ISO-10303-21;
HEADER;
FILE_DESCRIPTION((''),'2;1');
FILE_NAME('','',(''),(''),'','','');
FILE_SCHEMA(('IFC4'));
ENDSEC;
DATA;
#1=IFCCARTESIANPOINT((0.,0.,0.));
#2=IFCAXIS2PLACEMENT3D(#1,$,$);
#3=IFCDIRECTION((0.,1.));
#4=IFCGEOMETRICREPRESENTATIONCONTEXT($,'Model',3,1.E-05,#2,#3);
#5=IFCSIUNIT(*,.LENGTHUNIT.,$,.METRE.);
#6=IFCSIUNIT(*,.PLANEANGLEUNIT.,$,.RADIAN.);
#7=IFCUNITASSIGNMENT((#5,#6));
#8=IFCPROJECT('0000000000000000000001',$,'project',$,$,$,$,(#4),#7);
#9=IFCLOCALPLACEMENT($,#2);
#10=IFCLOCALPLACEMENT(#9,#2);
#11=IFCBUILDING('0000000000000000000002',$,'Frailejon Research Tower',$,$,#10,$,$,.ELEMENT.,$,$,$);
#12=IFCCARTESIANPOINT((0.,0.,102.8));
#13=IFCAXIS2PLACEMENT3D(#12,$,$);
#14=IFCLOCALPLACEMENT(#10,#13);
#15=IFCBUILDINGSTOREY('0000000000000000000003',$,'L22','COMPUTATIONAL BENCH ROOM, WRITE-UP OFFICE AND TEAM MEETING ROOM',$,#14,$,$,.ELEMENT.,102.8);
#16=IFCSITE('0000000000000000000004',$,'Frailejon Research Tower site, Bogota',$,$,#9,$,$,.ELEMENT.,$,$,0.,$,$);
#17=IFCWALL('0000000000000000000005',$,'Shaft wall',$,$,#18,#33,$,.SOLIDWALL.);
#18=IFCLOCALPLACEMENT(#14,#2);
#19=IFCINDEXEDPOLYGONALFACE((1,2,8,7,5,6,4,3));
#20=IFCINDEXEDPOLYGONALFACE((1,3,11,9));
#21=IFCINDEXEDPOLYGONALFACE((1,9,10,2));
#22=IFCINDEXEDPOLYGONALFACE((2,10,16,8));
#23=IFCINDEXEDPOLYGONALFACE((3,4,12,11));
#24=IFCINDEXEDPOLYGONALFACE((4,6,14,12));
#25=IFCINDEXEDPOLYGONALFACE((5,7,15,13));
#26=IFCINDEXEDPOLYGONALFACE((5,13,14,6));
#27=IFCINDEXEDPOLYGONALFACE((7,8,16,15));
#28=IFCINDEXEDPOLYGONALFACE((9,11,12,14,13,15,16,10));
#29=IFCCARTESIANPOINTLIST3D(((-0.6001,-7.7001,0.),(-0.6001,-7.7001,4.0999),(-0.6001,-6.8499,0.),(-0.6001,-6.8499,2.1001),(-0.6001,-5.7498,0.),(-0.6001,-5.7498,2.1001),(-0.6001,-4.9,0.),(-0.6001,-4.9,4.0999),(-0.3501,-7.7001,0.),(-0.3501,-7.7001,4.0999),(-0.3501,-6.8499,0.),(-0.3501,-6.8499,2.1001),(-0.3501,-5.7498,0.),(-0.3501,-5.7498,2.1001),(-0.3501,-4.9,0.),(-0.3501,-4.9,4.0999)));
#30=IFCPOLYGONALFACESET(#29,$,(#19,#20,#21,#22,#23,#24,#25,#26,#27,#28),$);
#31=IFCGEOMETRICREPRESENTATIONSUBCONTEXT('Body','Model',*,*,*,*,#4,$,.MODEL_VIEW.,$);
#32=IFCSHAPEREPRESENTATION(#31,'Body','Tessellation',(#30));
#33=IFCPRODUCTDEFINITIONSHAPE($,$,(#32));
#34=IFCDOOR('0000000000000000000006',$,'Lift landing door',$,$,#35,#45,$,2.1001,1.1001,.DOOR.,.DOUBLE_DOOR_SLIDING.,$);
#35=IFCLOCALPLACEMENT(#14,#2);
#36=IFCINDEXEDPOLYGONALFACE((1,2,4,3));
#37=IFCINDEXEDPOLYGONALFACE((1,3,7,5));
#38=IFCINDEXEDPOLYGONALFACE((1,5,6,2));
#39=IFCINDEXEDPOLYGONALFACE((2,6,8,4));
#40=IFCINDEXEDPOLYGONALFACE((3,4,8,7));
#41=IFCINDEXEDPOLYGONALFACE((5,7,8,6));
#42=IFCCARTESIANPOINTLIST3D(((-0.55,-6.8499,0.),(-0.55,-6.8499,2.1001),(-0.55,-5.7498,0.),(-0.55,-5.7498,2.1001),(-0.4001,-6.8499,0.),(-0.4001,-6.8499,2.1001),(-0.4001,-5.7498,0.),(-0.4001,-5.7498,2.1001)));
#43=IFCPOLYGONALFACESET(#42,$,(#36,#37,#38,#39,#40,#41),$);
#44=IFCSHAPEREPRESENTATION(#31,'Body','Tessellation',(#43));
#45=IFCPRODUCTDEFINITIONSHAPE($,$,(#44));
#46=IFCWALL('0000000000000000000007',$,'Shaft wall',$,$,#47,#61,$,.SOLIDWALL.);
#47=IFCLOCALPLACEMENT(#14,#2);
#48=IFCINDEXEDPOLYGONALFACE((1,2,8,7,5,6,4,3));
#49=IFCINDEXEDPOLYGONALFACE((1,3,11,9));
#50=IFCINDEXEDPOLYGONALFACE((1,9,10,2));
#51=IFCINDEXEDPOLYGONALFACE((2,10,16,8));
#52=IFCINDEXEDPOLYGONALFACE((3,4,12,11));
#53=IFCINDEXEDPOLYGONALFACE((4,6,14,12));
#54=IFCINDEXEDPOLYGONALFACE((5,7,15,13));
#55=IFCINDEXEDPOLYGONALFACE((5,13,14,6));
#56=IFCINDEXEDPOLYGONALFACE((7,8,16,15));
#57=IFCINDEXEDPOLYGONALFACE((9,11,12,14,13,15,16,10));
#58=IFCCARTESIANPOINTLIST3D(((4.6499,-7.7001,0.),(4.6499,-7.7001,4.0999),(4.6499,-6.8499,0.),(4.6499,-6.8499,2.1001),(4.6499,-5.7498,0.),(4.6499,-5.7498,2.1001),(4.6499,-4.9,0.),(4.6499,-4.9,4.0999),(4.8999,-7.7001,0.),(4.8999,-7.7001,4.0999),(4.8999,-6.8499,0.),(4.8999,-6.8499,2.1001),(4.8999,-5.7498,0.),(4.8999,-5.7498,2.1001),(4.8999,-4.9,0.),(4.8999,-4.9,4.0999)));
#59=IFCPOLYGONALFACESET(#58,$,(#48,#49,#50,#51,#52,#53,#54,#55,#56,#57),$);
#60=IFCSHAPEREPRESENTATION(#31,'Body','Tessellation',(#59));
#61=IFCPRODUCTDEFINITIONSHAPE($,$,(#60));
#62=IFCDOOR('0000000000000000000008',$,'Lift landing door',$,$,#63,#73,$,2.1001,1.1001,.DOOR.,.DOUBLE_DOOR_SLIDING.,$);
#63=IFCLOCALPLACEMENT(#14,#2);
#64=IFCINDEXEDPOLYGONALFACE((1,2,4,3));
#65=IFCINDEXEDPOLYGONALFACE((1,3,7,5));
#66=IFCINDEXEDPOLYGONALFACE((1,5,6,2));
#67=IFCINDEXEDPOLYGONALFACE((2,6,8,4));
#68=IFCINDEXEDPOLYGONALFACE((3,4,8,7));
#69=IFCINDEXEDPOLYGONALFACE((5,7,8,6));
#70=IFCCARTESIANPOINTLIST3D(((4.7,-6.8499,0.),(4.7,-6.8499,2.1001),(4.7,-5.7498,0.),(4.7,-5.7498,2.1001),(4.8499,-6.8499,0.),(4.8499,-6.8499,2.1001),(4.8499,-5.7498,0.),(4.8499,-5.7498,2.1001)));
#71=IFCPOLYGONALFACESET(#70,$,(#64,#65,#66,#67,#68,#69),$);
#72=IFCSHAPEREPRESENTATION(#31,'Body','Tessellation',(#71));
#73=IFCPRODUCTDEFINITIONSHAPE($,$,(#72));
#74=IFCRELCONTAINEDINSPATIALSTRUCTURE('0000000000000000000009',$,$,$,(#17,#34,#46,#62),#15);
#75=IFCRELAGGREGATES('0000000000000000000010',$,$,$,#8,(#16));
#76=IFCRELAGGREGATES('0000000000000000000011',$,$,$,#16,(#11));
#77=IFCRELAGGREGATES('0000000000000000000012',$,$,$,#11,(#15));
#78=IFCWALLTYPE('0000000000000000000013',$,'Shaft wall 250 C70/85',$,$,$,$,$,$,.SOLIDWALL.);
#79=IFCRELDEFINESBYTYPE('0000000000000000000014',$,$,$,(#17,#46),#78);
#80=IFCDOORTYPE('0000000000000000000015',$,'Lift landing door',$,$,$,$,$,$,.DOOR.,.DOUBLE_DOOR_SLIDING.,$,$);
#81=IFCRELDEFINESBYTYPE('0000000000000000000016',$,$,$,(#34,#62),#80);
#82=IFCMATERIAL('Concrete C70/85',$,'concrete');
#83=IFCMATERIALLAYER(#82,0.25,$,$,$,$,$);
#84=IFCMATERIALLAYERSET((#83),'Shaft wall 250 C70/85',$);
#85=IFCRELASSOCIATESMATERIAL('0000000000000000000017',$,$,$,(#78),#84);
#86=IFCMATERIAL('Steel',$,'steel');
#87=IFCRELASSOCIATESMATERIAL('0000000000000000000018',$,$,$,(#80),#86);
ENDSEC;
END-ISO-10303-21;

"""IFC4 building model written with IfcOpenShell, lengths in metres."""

from ifc_helpers import new_model, si_unit, direction, frame, frame_2d, origin, place, context, subcontext, project, spatial, rectangle, extrude, material, layer, layer_set, type_object, element, fill, save


model = new_model("IFC4")

# Units and contexts
model_context = context("Model", 3, precision=1e-05, world=origin(), true_north=direction((0.0, 1.0)))
body_context = subcontext(model_context, "Body", "Model", "MODEL_VIEW")
ifc_project = project(units=[si_unit("LENGTHUNIT", "METRE"), si_unit("PLANEANGLEUNIT", "RADIAN")], contexts=[model_context])

# Site, building, storey
site_placement = place(None, origin())
site = spatial("IfcSite", under=ifc_project, at=site_placement, Name="Frailejon Research Tower site, Bogota", CompositionType="ELEMENT", RefElevation=0.0)
building_placement = place(site_placement, origin())
building = spatial("IfcBuilding", under=site, at=building_placement, Name="Frailejon Research Tower", CompositionType="ELEMENT")
storey_placement = place(building_placement, frame((0.0, 0.0, 102.8)))
storey = spatial("IfcBuildingStorey", under=building, at=storey_placement, Name="L22", Description="COMPUTATIONAL BENCH ROOM, WRITE-UP OFFICE AND TEAM MEETING ROOM", CompositionType="ELEMENT", Elevation=102.8)

# Walls, openings, doors
ifc_material_1 = material(Name="Concrete C70/85", Category="concrete")
ifc_layer_1 = layer(ifc_material_1, 0.25)
ifc_layer_set_1 = layer_set([ifc_layer_1], Name="Shaft wall 250 C70/85")
wall_type_1 = type_object("IfcWallType", Name="Shaft wall 250 C70/85", PredefinedType="SOLIDWALL", material=ifc_layer_set_1)
wall_1_placement = place(storey_placement, frame((-0.4751, -7.7, 0.0), z_axis=(0.0, 0.0, 1.0), x_axis=(0.0, 1.0, 0.0)))
wall_1 = element("IfcWall", 1, at=wall_1_placement, inside=storey, type_object=wall_type_1, Name="Shaft wall", PredefinedType="SOLIDWALL", context=body_context, shape_type="SweptSolid", body=[
    extrude(rectangle(XDim=2.8, YDim=0.25, at=frame_2d((1.3999, 0.0))), origin(), (0.0, 0.0, 1.0), 4.0999),
])
opening_1_placement = place(wall_1_placement, frame((0.8501, 0.0, 0.0)))
opening_1 = element("IfcOpeningElement", 2, at=opening_1_placement, cuts=wall_1, PredefinedType="OPENING", context=body_context, shape_type="SweptSolid", body=[
    extrude(rectangle(XDim=1.1001, YDim=2.1001, at=frame_2d((0.55, 1.05))), frame((0.0, 0.135, 0.0), z_axis=(0.0, -1.0, 0.0), x_axis=(1.0, 0.0, 0.0)), (0.0, 0.0, 1.0), 0.27),
])
ifc_material_2 = material(Name="Steel", Category="steel")
door_type_1 = type_object("IfcDoorType", Name="Lift landing door", OperationType="DOUBLE_DOOR_SLIDING", PredefinedType="DOOR", material=ifc_material_2)
door_1_placement = place(opening_1_placement, origin())
door_1 = element("IfcDoor", 3, at=door_1_placement, inside=storey, type_object=door_type_1, Name="Lift landing door", OperationType="DOUBLE_DOOR_SLIDING", OverallHeight=2.1001, OverallWidth=1.1001, PredefinedType="DOOR", context=body_context, shape_type="SweptSolid", body=[
    extrude(rectangle(XDim=1.1001, YDim=2.1001, at=frame_2d((0.55, 1.05))), frame((0.0, 0.075, 0.0), z_axis=(0.0, -1.0, 0.0), x_axis=(1.0, 0.0, 0.0)), (0.0, 0.0, 1.0), 0.1499),
])
fill(opening_1, door_1)
wall_2_placement = place(storey_placement, frame((4.7749, -7.7, 0.0), z_axis=(0.0, 0.0, 1.0), x_axis=(0.0, 1.0, 0.0)))
wall_2 = element("IfcWall", 4, at=wall_2_placement, inside=storey, type_object=wall_type_1, Name="Shaft wall", PredefinedType="SOLIDWALL", context=body_context, shape_type="SweptSolid", body=[
    extrude(rectangle(XDim=2.8, YDim=0.25, at=frame_2d((1.3999, 0.0))), origin(), (0.0, 0.0, 1.0), 4.0999),
])
opening_2_placement = place(wall_2_placement, frame((0.8501, 0.0, 0.0)))
opening_2 = element("IfcOpeningElement", 5, at=opening_2_placement, cuts=wall_2, PredefinedType="OPENING", context=body_context, shape_type="SweptSolid", body=[
    extrude(rectangle(XDim=1.1001, YDim=2.1001, at=frame_2d((0.55, 1.05))), frame((0.0, 0.135, 0.0), z_axis=(0.0, -1.0, 0.0), x_axis=(1.0, 0.0, 0.0)), (0.0, 0.0, 1.0), 0.27),
])
door_2_placement = place(opening_2_placement, origin())
door_2 = element("IfcDoor", 6, at=door_2_placement, inside=storey, type_object=door_type_1, Name="Lift landing door", OperationType="DOUBLE_DOOR_SLIDING", OverallHeight=2.1001, OverallWidth=1.1001, PredefinedType="DOOR", context=body_context, shape_type="SweptSolid", body=[
    extrude(rectangle(XDim=1.1001, YDim=2.1001, at=frame_2d((0.55, 1.05))), frame((0.0, 0.075, 0.0), z_axis=(0.0, -1.0, 0.0), x_axis=(1.0, 0.0, 0.0)), (0.0, 0.0, 1.0), 0.1499),
])
fill(opening_2, door_2)

save(model, "model.ifc")
